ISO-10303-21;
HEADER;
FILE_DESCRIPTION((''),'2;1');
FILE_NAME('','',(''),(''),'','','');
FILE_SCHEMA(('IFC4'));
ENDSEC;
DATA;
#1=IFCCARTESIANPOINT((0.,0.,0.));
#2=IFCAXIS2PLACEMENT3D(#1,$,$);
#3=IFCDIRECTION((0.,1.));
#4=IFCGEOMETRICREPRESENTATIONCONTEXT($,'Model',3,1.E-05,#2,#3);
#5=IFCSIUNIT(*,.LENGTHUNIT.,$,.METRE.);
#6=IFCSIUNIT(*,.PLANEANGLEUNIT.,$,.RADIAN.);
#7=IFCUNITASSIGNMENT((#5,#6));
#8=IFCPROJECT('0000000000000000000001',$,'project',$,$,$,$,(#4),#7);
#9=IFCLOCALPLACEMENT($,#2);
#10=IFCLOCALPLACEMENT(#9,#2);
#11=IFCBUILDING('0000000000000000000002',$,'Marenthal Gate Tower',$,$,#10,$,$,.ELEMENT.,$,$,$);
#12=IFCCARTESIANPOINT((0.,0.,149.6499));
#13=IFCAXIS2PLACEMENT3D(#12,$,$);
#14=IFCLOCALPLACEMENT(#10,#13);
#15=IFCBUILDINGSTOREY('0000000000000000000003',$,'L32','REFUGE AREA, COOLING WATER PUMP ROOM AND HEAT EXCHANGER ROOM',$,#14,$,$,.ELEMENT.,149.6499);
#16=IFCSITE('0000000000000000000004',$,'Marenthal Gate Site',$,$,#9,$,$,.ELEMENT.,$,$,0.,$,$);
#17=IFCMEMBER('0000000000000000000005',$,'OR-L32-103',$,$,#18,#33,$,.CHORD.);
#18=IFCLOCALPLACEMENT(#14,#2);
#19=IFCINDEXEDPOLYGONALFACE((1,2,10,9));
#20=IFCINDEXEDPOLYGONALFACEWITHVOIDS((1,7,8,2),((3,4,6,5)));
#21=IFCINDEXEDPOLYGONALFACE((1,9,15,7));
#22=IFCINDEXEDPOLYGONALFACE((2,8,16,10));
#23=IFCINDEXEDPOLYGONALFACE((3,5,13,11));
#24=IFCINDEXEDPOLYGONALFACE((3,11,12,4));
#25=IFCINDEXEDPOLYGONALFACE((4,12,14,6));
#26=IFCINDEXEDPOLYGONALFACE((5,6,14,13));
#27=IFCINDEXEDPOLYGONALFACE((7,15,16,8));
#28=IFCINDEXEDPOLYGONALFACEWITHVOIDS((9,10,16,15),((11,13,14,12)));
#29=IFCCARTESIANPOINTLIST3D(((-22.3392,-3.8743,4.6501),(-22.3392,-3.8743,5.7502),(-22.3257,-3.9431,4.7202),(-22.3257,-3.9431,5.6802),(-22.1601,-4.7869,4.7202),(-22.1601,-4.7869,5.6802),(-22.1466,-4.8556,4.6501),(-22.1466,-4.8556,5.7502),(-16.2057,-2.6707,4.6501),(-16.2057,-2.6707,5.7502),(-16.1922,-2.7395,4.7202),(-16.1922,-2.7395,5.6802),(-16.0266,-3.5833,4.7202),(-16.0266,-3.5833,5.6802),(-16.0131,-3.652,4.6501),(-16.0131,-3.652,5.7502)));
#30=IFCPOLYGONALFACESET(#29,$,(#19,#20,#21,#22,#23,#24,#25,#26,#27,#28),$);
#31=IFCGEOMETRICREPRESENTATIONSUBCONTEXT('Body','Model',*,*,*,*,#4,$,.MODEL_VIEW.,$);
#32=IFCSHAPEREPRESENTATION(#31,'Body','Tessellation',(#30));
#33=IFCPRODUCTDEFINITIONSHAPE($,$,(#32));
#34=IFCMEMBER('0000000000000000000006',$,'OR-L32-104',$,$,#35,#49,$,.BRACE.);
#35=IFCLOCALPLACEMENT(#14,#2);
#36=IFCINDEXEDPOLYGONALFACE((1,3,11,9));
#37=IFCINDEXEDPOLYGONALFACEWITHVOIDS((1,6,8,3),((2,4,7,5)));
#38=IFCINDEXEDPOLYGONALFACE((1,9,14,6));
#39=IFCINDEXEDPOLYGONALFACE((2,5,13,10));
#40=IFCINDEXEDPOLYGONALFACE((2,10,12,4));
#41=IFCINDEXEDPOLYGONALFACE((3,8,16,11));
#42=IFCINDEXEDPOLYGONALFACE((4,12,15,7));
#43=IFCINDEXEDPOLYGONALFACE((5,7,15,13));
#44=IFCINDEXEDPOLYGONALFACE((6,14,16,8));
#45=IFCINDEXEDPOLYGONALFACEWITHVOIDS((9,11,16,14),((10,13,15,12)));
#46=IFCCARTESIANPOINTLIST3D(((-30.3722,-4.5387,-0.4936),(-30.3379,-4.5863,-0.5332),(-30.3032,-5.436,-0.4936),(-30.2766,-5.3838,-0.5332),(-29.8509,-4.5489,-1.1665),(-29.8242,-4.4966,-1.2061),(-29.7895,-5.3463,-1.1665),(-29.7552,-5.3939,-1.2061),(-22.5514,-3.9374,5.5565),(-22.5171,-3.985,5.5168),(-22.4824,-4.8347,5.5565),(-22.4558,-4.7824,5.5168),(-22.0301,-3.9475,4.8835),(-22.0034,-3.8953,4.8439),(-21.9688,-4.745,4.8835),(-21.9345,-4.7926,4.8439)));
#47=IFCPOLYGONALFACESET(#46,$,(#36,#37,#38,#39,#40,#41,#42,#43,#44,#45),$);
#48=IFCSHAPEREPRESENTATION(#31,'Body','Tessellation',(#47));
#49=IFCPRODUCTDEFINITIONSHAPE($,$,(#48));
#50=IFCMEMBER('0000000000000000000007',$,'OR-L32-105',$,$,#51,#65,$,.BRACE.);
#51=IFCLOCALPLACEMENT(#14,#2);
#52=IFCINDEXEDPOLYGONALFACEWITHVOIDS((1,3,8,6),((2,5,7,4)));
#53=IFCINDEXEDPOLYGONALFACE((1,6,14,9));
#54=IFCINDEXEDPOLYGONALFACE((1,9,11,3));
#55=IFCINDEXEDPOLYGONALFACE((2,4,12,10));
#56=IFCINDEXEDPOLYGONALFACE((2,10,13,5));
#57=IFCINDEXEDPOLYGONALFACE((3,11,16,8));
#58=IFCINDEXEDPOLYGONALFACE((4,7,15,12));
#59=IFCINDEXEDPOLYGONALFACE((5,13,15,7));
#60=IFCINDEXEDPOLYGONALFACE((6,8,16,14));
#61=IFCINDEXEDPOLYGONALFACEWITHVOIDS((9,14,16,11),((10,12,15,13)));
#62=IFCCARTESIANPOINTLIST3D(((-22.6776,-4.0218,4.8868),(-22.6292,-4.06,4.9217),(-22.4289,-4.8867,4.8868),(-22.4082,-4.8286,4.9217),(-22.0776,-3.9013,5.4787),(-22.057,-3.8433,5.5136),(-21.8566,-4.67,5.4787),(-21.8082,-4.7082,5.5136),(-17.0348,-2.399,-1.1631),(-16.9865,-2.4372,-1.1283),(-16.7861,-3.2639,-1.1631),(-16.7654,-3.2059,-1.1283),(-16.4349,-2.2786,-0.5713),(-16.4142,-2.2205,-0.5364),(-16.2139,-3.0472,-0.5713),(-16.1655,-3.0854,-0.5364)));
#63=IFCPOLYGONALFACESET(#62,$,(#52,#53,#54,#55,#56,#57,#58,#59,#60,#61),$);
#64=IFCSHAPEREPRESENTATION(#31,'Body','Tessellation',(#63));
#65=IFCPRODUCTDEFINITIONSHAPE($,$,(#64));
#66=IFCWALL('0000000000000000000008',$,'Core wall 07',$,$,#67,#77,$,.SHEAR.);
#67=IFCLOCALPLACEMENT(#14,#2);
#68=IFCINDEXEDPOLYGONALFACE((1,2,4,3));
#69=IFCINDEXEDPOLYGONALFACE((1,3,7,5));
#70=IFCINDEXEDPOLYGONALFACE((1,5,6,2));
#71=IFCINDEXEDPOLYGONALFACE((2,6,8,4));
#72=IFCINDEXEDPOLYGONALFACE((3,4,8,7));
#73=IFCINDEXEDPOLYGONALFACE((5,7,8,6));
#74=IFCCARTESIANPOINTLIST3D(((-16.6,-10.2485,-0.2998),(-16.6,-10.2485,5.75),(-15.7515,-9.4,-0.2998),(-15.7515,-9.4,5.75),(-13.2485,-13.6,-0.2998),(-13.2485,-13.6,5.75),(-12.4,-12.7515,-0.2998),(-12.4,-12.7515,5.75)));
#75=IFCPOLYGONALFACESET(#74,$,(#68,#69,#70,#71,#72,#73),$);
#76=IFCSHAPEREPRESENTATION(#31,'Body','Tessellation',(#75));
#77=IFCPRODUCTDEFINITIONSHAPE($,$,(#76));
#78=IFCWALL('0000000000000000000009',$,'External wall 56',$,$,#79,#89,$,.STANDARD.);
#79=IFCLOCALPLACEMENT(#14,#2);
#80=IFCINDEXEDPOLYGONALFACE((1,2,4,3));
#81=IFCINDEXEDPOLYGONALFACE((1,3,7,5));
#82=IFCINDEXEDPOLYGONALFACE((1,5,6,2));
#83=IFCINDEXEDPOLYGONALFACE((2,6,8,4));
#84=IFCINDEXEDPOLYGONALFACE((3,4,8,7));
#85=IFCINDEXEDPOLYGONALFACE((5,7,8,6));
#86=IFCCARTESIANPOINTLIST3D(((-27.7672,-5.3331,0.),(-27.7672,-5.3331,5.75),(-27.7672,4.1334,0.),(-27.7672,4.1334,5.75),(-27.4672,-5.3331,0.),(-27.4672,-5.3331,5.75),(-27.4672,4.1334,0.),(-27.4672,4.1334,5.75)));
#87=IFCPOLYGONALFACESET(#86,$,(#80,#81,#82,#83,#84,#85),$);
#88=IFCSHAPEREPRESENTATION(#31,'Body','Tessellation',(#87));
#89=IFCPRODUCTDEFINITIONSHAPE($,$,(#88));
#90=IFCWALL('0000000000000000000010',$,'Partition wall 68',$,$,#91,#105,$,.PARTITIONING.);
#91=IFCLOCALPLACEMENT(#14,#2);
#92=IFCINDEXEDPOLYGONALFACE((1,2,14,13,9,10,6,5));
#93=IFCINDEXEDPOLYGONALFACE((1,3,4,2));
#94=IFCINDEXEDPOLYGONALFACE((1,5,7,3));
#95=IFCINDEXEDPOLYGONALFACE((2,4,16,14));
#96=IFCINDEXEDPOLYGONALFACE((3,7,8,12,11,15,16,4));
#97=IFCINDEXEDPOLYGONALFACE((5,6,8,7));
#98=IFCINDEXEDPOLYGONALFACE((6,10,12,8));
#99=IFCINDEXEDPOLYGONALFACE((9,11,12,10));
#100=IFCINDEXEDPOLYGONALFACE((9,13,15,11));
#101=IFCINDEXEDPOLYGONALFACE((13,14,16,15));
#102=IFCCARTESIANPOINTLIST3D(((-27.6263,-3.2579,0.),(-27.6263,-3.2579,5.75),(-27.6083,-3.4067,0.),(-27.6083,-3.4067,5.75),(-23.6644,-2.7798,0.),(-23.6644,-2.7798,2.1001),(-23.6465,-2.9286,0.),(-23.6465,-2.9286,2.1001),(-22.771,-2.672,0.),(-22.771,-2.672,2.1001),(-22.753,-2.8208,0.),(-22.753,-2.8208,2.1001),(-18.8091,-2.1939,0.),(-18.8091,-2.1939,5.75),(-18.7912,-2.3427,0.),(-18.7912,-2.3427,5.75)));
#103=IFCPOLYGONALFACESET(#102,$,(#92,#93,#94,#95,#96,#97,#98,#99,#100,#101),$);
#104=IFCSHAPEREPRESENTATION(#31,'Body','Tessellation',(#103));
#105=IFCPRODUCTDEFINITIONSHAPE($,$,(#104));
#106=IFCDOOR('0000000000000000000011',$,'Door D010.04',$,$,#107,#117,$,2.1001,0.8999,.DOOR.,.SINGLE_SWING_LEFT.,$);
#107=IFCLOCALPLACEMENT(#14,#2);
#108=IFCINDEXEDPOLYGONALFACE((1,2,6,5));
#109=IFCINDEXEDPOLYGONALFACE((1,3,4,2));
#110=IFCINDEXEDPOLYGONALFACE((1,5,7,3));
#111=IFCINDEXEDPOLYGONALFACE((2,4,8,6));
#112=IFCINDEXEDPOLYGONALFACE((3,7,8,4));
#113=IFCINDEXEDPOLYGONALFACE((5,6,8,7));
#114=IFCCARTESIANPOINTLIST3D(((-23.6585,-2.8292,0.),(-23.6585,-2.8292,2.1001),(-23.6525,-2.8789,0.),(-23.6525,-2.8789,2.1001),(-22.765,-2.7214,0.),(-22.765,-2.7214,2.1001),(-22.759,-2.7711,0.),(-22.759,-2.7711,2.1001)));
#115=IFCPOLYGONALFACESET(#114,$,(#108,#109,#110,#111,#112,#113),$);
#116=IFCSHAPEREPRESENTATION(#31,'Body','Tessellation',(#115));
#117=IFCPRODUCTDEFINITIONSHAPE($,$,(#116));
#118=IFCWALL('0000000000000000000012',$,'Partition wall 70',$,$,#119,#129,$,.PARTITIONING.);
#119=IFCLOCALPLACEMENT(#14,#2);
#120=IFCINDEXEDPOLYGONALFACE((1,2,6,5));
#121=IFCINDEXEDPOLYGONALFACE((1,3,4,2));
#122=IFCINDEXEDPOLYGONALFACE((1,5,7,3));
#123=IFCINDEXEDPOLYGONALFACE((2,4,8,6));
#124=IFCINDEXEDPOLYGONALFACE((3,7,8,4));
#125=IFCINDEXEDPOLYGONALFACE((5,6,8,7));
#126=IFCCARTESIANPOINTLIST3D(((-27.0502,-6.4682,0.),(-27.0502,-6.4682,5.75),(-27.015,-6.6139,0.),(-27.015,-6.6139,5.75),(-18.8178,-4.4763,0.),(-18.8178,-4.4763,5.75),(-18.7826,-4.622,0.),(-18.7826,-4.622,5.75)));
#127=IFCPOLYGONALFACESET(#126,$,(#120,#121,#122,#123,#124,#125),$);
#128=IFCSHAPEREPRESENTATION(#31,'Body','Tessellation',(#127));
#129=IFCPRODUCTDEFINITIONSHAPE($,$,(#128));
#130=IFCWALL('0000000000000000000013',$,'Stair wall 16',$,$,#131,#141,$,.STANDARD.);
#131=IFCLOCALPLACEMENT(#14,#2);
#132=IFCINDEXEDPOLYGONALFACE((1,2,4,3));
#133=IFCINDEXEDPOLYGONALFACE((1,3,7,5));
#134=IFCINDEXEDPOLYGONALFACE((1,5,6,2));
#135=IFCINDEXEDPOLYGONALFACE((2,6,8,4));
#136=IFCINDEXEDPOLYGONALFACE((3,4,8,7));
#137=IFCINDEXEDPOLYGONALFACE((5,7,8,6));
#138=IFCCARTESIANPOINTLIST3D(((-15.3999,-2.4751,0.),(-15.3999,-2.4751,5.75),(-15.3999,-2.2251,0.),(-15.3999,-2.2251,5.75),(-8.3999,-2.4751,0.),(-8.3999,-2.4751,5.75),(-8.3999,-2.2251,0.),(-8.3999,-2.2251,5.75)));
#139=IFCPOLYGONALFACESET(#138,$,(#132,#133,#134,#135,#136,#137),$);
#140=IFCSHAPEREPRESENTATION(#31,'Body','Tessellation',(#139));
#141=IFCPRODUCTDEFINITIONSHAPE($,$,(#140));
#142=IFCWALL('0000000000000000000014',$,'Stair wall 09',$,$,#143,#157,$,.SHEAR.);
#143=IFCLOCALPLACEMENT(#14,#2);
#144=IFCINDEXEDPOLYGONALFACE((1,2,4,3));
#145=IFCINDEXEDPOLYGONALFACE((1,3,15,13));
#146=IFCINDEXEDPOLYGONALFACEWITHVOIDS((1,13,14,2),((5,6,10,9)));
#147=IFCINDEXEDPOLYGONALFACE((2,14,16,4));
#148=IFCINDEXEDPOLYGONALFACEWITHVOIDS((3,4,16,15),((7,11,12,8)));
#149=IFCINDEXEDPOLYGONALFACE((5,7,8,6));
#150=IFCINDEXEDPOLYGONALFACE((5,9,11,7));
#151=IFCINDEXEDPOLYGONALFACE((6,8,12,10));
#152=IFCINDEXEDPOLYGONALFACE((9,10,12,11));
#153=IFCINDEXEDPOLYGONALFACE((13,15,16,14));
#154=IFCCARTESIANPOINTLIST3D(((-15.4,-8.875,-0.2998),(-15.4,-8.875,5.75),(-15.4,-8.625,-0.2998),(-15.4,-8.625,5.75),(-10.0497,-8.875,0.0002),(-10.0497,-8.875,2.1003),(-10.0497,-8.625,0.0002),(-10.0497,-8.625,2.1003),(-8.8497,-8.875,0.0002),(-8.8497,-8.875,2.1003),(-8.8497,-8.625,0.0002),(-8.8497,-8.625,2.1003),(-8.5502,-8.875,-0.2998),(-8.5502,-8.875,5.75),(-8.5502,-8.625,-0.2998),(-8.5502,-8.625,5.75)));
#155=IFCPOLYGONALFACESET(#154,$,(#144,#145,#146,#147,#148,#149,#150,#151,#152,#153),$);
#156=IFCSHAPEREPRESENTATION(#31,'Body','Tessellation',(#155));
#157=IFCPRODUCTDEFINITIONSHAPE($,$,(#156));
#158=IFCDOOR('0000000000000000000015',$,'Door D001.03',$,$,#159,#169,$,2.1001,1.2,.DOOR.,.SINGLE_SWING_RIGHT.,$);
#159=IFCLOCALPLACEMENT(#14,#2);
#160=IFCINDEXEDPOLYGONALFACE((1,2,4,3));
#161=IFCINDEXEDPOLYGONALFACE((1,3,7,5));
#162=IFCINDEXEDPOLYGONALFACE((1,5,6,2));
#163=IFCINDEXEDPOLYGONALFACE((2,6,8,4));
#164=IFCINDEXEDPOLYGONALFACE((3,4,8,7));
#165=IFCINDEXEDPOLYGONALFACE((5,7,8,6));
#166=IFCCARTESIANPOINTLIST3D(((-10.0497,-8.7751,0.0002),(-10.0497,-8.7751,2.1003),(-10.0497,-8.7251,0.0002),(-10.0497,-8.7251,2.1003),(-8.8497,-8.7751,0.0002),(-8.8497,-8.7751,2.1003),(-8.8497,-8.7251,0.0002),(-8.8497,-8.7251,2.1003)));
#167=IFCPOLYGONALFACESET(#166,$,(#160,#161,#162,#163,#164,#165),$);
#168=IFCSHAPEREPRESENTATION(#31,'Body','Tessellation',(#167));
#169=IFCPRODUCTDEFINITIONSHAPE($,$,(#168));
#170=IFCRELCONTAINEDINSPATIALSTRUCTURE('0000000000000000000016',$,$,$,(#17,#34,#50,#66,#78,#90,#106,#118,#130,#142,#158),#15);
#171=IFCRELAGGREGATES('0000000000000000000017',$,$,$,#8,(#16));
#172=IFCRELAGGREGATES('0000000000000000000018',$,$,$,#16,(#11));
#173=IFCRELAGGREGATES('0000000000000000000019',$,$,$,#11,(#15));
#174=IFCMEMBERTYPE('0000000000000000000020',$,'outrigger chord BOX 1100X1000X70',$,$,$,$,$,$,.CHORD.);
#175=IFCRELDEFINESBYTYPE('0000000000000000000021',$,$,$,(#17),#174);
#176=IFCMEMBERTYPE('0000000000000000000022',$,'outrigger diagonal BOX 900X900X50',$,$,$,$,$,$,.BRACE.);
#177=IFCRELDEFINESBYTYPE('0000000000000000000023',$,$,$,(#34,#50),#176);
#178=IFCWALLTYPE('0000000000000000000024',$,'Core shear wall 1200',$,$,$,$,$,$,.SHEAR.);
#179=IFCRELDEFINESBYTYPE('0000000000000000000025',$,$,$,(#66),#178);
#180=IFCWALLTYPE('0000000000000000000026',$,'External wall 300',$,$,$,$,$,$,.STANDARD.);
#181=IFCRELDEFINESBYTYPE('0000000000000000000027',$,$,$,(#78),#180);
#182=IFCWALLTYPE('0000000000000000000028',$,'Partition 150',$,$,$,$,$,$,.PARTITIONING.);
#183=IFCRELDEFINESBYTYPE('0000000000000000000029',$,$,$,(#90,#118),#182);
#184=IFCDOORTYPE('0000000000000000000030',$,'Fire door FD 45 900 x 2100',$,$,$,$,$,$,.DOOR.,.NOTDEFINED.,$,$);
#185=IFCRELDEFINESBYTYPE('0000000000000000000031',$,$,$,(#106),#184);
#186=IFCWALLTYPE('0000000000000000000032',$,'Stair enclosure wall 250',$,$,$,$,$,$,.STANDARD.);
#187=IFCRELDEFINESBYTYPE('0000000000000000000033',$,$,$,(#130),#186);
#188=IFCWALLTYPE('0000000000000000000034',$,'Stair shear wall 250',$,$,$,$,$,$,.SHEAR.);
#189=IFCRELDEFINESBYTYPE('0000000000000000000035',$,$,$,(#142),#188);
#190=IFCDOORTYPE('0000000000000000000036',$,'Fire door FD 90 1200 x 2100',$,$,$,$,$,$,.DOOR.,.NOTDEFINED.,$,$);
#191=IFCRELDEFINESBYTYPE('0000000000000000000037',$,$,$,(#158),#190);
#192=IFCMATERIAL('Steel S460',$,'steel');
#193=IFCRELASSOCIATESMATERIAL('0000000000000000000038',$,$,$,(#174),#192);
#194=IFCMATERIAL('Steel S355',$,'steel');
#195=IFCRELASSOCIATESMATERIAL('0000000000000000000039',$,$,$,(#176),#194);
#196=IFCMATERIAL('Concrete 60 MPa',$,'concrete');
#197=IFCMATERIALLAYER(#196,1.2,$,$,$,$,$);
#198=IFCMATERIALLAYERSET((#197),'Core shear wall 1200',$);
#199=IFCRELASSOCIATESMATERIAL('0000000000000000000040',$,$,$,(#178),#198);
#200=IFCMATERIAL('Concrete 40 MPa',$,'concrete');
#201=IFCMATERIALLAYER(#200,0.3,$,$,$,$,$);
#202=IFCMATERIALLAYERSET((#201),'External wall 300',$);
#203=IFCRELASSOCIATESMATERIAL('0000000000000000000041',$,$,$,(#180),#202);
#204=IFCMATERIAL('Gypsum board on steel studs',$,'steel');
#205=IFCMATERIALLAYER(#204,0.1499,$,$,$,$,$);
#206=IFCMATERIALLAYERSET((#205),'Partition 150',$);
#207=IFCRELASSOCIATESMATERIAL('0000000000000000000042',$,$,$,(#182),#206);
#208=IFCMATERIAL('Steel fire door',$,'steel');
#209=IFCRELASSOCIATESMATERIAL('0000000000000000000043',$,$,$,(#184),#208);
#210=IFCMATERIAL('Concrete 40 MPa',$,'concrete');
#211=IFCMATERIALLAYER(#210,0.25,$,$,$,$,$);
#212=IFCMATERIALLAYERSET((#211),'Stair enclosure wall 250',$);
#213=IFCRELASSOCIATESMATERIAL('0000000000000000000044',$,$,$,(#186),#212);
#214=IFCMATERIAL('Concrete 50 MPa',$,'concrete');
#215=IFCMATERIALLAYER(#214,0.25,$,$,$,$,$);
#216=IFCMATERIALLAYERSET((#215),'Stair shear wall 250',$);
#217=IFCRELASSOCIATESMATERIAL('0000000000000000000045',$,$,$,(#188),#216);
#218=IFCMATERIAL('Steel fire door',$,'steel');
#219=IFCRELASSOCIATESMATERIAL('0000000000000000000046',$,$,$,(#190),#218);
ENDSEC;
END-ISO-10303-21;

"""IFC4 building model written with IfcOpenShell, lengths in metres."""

from ifc_helpers import new_model, si_unit, direction, frame, frame_2d, origin, origin_2d, place, context, subcontext, project, spatial, rectangle, hollow_rectangle, extrude, material, layer, layer_set, material_profile, profile_set, type_object, element, fill, save


model = new_model("IFC4")

# Units and contexts
model_context = context("Model", 3, precision=1e-05, world=origin(), true_north=direction((0.0, 1.0)))
body_context = subcontext(model_context, "Body", "Model", "MODEL_VIEW")
ifc_project = project(units=[si_unit("LENGTHUNIT", "METRE"), si_unit("PLANEANGLEUNIT", "RADIAN")], contexts=[model_context])

# Site, building, storey
site_placement = place(None, origin())
site = spatial("IfcSite", under=ifc_project, at=site_placement, Name="Marenthal Gate Site", CompositionType="ELEMENT", RefElevation=0.0)
building_placement = place(site_placement, origin())
building = spatial("IfcBuilding", under=site, at=building_placement, Name="Marenthal Gate Tower", CompositionType="ELEMENT")
storey_placement = place(building_placement, frame((0.0, 0.0, 149.6499)))
storey = spatial("IfcBuildingStorey", under=building, at=storey_placement, Name="L32", Description="REFUGE AREA, COOLING WATER PUMP ROOM AND HEAT EXCHANGER ROOM", CompositionType="ELEMENT", Elevation=149.6499)

# Members
ifc_material_1 = material(Name="Steel S460", Category="steel")
ifc_material_profile_1 = material_profile(ifc_material_1, hollow_rectangle(XDim=1.0, YDim=1.1001, WallThickness=0.0701, at=origin_2d()), Name="BOX 1100X1000X70")
ifc_profile_set_1 = profile_set([ifc_material_profile_1], Name="Steel S460")
member_type_1 = type_object("IfcMemberType", Name="outrigger chord BOX 1100X1000X70", PredefinedType="CHORD", material=ifc_profile_set_1)
member_1_placement = place(storey_placement, frame((-22.2429, -4.365, 5.2002), z_axis=(0.981285, 0.192562, 0.0), x_axis=(-0.192562, 0.981285, 0.0)))
element("IfcMember", 1, at=member_1_placement, inside=storey, type_object=member_type_1, Name="OR-L32-103", PredefinedType="CHORD", context=body_context, shape_type="SweptSolid", body=[
    extrude(hollow_rectangle(XDim=1.0, YDim=1.1001, WallThickness=0.0701, at=origin_2d()), origin(), (0.0, 0.0, 1.0), 6.2505),
])
ifc_material_2 = material(Name="Steel S355", Category="steel")
ifc_material_profile_2 = material_profile(ifc_material_2, hollow_rectangle(XDim=0.8999, YDim=0.8999, WallThickness=0.05, at=origin_2d()), Name="BOX 900X900X50")
ifc_profile_set_2 = profile_set([ifc_material_profile_2], Name="Steel S355")
member_type_2 = type_object("IfcMemberType", Name="outrigger diagonal BOX 900X900X50", PredefinedType="BRACE", material=ifc_profile_set_2)
member_2_placement = place(storey_placement, frame((-30.0637, -4.9663, -0.8499), z_axis=(0.789498, 0.060702, 0.610744), x_axis=(-0.076661, 0.997057, 0.0)))
element("IfcMember", 2, at=member_2_placement, inside=storey, type_object=member_type_2, Name="OR-L32-104", PredefinedType="BRACE", context=body_context, shape_type="SweptSolid", body=[
    extrude(hollow_rectangle(XDim=0.8999, YDim=0.8999, WallThickness=0.05, at=origin_2d()), origin(), (0.0, 0.0, 1.0), 9.906),
])
member_3_placement = place(storey_placement, frame((-22.2429, -4.365, 5.2002), z_axis=(0.669312, 0.192486, -0.717615), x_axis=(-0.276385, 0.961047, 0.0)))
element("IfcMember", 3, at=member_3_placement, inside=storey, type_object=member_type_2, Name="OR-L32-105", PredefinedType="BRACE", context=body_context, shape_type="SweptSolid", body=[
    extrude(hollow_rectangle(XDim=0.8999, YDim=0.8999, WallThickness=0.05, at=origin_2d()), origin(), (0.0, 0.0, 1.0), 8.4307),
])

# Walls
ifc_material_3 = material(Name="Concrete 60 MPa", Category="concrete")
ifc_layer_1 = layer(ifc_material_3, 1.2)
ifc_layer_set_1 = layer_set([ifc_layer_1], Name="Core shear wall 1200")
wall_type_1 = type_object("IfcWallType", Name="Core shear wall 1200", PredefinedType="SHEAR", material=ifc_layer_set_1)
wall_1_placement = place(storey_placement, frame((-16.1758, -9.8242, -0.2998), z_axis=(0.0, 0.0, 1.0), x_axis=(0.707107, -0.707107, 0.0)))
element("IfcWall", 4, at=wall_1_placement, inside=storey, type_object=wall_type_1, Name="Core wall 07", PredefinedType="SHEAR", context=body_context, shape_type="SweptSolid", body=[
    extrude(rectangle(XDim=4.7397, YDim=1.2, at=frame_2d((2.3699, 0.0))), origin(), (0.0, 0.0, 1.0), 6.0498),
])
ifc_material_4 = material(Name="Concrete 40 MPa", Category="concrete")
ifc_layer_2 = layer(ifc_material_4, 0.3)
ifc_layer_set_2 = layer_set([ifc_layer_2], Name="External wall 300")
wall_type_2 = type_object("IfcWallType", Name="External wall 300", PredefinedType="STANDARD", material=ifc_layer_set_2)
wall_2_placement = place(storey_placement, frame((-27.6172, -5.3333, 0.0), z_axis=(0.0, 0.0, 1.0), x_axis=(0.0, 1.0, 0.0)))
element("IfcWall", 5, at=wall_2_placement, inside=storey, type_object=wall_type_2, Name="External wall 56", PredefinedType="STANDARD", context=body_context, shape_type="SweptSolid", body=[
    extrude(rectangle(XDim=9.4666, YDim=0.3, at=frame_2d((4.7334, 0.0))), origin(), (0.0, 0.0, 1.0), 5.75),
])

# Wall, opening, door
ifc_material_5 = material(Name="Gypsum board on steel studs", Category="steel")
ifc_layer_3 = layer(ifc_material_5, 0.1499)
ifc_layer_set_3 = layer_set([ifc_layer_3], Name="Partition 150")
wall_type_3 = type_object("IfcWallType", Name="Partition 150", PredefinedType="PARTITIONING", material=ifc_layer_set_3)
wall_3_placement = place(storey_placement, frame((-27.6172, -3.3323, 0.0), z_axis=(0.0, 0.0, 1.0), x_axis=(0.992798, 0.119801, 0.0)))
wall_3 = element("IfcWall", 6, at=wall_3_placement, inside=storey, type_object=wall_type_3, Name="Partition wall 68", PredefinedType="PARTITIONING", context=body_context, shape_type="SweptSolid", body=[
    extrude(rectangle(XDim=8.8811, YDim=0.1499, at=frame_2d((4.4404, 0.0))), origin(), (0.0, 0.0, 1.0), 5.75),
])
opening_1_placement = place(wall_3_placement, frame((3.9905, 0.0, 0.0)))
opening_1 = element("IfcOpeningElement", 7, at=opening_1_placement, cuts=wall_3, PredefinedType="OPENING", context=body_context, shape_type="SweptSolid", body=[
    extrude(rectangle(XDim=0.8999, YDim=2.1001, at=frame_2d((0.45, 1.05))), frame((0.0, 0.085, 0.0), z_axis=(0.0, -1.0, 0.0), x_axis=(1.0, 0.0, 0.0)), (0.0, 0.0, 1.0), 0.1699),
])
ifc_material_6 = material(Name="Steel fire door", Category="steel")
door_type_1 = type_object("IfcDoorType", Name="Fire door FD 45 900 x 2100", OperationType="NOTDEFINED", PredefinedType="DOOR", material=ifc_material_6)
door_1_placement = place(opening_1_placement, frame((0.8999, 0.0, 0.0), z_axis=(0.0, 0.0, 1.0), x_axis=(-1.0, 0.0, 0.0)))
door_1 = element("IfcDoor", 8, at=door_1_placement, inside=storey, type_object=door_type_1, Name="Door D010.04", OperationType="SINGLE_SWING_LEFT", OverallHeight=2.1001, OverallWidth=0.8999, PredefinedType="DOOR", context=body_context, shape_type="SweptSolid", body=[
    extrude(rectangle(XDim=0.8999, YDim=2.1001, at=frame_2d((0.45, 1.05))), frame((0.0, 0.0249, 0.0), z_axis=(0.0, -1.0, 0.0), x_axis=(1.0, 0.0, 0.0)), (0.0, 0.0, 1.0), 0.05),
])
fill(opening_1, door_1)

# Walls
wall_4_placement = place(storey_placement, frame((-27.0325, -6.541, 0.0), z_axis=(0.0, 0.0, 1.0), x_axis=(0.971953, 0.235177, 0.0)))
element("IfcWall", 9, at=wall_4_placement, inside=storey, type_object=wall_type_3, Name="Partition wall 70", PredefinedType="PARTITIONING", context=body_context, shape_type="SweptSolid", body=[
    extrude(rectangle(XDim=8.47, YDim=0.1499, at=frame_2d((4.2349, 0.0))), origin(), (0.0, 0.0, 1.0), 5.75),
])
ifc_material_7 = material(Name="Concrete 40 MPa", Category="concrete")
ifc_layer_4 = layer(ifc_material_7, 0.25)
ifc_layer_set_4 = layer_set([ifc_layer_4], Name="Stair enclosure wall 250")
wall_type_4 = type_object("IfcWallType", Name="Stair enclosure wall 250", PredefinedType="STANDARD", material=ifc_layer_set_4)
wall_5_placement = place(storey_placement, frame((-15.3999, -2.3501, 0.0), z_axis=(0.0, 0.0, 1.0), x_axis=(1.0, 0.0, 0.0)))
element("IfcWall", 10, at=wall_5_placement, inside=storey, type_object=wall_type_4, Name="Stair wall 16", PredefinedType="STANDARD", context=body_context, shape_type="SweptSolid", body=[
    extrude(rectangle(XDim=7.0, YDim=0.25, at=frame_2d((3.5, 0.0))), origin(), (0.0, 0.0, 1.0), 5.75),
])

# Wall, opening, door
ifc_material_8 = material(Name="Concrete 50 MPa", Category="concrete")
ifc_layer_5 = layer(ifc_material_8, 0.25)
ifc_layer_set_5 = layer_set([ifc_layer_5], Name="Stair shear wall 250")
wall_type_5 = type_object("IfcWallType", Name="Stair shear wall 250", PredefinedType="SHEAR", material=ifc_layer_set_5)
wall_6_placement = place(storey_placement, frame((-15.3999, -8.75, -0.2998), z_axis=(0.0, 0.0, 1.0), x_axis=(1.0, 0.0, 0.0)))
wall_6 = element("IfcWall", 11, at=wall_6_placement, inside=storey, type_object=wall_type_5, Name="Stair wall 09", PredefinedType="SHEAR", context=body_context, shape_type="SweptSolid", body=[
    extrude(rectangle(XDim=6.8499, YDim=0.25, at=frame_2d((3.4248, 0.0))), origin(), (0.0, 0.0, 1.0), 6.0498),
])
opening_2_placement = place(wall_6_placement, frame((5.3501, 0.0, 0.3)))
opening_2 = element("IfcOpeningElement", 12, at=opening_2_placement, cuts=wall_6, PredefinedType="OPENING", context=body_context, shape_type="SweptSolid", body=[
    extrude(rectangle(XDim=1.2, YDim=2.1001, at=frame_2d((0.6001, 1.05))), frame((0.0, 0.135, 0.0), z_axis=(0.0, -1.0, 0.0), x_axis=(1.0, 0.0, 0.0)), (0.0, 0.0, 1.0), 0.27),
])
ifc_material_9 = material(Name="Steel fire door", Category="steel")
door_type_2 = type_object("IfcDoorType", Name="Fire door FD 90 1200 x 2100", OperationType="NOTDEFINED", PredefinedType="DOOR", material=ifc_material_9)
door_2_placement = place(opening_2_placement, origin())
door_2 = element("IfcDoor", 13, at=door_2_placement, inside=storey, type_object=door_type_2, Name="Door D001.03", OperationType="SINGLE_SWING_RIGHT", OverallHeight=2.1001, OverallWidth=1.2, PredefinedType="DOOR", context=body_context, shape_type="SweptSolid", body=[
    extrude(rectangle(XDim=1.2, YDim=2.1001, at=frame_2d((0.6001, 1.05))), frame((0.0, 0.0249, 0.0), z_axis=(0.0, -1.0, 0.0), x_axis=(1.0, 0.0, 0.0)), (0.0, 0.0, 1.0), 0.05),
])
fill(opening_2, door_2)

save(model, "model.ifc")
